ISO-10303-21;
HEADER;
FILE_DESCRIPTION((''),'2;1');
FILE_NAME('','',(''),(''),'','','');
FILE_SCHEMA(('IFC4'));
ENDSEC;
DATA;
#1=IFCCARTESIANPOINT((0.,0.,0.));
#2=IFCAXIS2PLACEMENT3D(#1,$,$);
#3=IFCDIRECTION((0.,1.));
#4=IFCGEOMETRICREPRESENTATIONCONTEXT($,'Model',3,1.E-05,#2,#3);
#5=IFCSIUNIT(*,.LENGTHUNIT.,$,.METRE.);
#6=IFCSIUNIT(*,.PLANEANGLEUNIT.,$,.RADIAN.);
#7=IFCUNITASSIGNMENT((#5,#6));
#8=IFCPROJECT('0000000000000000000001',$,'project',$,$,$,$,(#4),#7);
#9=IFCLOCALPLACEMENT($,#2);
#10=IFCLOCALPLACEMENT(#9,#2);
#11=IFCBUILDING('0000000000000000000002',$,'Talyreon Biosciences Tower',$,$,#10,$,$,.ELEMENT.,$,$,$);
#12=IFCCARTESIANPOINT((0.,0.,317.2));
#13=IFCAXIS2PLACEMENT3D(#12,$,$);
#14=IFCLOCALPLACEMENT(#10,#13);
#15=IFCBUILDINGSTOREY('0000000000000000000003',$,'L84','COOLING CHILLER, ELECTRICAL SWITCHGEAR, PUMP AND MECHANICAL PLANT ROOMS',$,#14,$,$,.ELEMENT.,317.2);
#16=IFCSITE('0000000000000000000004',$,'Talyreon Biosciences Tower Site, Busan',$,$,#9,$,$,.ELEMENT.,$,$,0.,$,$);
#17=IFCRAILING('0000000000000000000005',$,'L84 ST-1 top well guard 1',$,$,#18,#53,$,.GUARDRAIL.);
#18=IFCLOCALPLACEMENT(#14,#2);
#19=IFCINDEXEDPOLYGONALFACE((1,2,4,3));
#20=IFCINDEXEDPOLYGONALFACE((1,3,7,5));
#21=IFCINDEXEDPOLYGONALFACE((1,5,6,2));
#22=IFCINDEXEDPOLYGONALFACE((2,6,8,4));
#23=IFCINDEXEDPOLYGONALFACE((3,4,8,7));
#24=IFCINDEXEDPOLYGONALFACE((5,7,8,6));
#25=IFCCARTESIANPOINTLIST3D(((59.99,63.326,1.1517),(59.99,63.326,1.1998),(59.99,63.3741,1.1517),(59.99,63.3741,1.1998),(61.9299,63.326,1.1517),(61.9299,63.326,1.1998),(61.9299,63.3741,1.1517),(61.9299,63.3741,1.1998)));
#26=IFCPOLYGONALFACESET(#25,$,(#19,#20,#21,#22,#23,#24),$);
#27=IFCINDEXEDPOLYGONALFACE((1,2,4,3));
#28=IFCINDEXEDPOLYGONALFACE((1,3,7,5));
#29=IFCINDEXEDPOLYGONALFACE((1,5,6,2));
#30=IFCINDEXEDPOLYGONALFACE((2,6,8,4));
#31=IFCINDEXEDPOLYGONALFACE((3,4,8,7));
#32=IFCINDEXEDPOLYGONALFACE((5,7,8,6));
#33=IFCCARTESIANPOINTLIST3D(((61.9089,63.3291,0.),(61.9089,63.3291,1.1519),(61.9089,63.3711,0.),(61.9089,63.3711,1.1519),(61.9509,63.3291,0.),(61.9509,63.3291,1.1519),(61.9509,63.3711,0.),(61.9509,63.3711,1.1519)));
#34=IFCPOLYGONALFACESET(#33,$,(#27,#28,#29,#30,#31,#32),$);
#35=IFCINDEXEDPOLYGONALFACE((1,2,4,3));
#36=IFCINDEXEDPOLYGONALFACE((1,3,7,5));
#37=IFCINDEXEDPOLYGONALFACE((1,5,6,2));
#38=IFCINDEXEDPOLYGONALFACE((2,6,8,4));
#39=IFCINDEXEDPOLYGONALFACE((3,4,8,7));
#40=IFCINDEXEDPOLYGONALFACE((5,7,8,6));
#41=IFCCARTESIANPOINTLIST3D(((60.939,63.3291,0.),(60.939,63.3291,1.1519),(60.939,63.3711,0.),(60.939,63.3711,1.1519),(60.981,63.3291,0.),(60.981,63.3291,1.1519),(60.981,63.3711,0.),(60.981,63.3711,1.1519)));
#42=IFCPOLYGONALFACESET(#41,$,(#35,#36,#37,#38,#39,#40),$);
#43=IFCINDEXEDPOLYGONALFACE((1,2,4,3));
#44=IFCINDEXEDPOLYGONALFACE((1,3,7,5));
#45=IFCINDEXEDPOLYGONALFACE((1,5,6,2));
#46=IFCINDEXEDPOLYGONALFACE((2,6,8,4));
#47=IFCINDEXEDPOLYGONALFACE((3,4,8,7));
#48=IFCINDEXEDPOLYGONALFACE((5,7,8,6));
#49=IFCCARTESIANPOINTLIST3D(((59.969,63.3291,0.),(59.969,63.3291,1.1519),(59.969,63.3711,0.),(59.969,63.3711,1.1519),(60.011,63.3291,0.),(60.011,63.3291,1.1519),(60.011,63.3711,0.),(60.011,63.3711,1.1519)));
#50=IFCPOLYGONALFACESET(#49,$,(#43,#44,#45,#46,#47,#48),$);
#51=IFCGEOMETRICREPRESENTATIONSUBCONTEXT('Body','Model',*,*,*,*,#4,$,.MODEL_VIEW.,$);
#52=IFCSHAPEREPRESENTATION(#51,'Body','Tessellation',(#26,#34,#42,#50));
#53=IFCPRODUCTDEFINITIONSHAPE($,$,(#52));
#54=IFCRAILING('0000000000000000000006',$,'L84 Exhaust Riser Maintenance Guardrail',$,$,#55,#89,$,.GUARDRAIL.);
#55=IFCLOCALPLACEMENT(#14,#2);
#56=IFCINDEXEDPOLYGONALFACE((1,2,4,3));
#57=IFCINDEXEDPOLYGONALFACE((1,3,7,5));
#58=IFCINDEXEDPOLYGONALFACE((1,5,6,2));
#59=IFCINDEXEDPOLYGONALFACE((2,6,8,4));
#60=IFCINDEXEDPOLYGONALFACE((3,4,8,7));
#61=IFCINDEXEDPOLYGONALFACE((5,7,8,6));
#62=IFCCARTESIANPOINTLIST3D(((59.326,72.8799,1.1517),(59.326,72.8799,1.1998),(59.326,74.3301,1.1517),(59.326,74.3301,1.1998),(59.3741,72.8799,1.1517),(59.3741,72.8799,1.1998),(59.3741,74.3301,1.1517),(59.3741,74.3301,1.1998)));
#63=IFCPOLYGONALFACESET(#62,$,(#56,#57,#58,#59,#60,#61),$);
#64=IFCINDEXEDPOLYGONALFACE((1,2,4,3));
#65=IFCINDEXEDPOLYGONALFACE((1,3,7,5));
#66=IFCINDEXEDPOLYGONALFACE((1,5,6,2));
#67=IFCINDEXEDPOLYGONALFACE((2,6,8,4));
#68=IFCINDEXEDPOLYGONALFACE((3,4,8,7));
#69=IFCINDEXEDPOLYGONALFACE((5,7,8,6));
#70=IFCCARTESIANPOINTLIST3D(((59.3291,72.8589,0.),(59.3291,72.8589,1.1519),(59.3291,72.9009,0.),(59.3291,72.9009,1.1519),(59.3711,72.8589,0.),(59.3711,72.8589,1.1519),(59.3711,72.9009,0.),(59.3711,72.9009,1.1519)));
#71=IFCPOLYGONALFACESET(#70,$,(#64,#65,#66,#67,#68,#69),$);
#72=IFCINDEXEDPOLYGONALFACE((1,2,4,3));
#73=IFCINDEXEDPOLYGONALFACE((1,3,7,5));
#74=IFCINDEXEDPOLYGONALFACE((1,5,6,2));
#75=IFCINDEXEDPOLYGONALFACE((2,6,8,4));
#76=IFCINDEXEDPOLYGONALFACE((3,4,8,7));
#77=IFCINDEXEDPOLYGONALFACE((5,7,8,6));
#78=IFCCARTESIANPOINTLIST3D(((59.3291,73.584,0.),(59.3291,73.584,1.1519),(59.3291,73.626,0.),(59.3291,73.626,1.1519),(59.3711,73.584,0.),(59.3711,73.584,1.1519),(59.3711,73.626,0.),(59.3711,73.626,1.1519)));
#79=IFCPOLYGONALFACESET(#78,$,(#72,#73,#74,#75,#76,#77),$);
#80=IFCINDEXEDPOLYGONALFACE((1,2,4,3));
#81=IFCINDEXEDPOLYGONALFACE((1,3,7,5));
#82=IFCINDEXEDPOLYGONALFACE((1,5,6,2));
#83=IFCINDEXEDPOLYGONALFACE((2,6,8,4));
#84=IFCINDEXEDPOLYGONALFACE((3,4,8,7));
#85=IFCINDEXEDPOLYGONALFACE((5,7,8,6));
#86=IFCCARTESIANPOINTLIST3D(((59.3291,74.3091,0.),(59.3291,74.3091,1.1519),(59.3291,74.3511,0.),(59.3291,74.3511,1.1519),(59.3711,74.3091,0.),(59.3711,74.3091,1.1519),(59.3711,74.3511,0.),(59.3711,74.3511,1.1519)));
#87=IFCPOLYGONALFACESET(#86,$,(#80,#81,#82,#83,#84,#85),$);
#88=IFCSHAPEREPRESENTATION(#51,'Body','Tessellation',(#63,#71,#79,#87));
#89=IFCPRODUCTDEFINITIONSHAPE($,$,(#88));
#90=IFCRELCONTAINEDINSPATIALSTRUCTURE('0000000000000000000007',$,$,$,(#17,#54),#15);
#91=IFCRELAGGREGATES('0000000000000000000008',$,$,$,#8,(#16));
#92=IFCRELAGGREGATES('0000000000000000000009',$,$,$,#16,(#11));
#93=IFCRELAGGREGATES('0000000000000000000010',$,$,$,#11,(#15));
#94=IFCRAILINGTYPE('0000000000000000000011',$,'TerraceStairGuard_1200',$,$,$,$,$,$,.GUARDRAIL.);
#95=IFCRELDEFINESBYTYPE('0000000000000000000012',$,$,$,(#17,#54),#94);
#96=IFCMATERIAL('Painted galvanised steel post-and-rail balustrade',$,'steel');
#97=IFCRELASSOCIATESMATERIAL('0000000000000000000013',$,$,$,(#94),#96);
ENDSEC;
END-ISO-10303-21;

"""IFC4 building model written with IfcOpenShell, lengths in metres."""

from ifc_helpers import new_model, si_unit, direction, frame, origin, origin_2d, place, context, subcontext, project, spatial, rectangle, extrude, material, type_object, element, save


model = new_model("IFC4")

# Units and contexts
model_context = context("Model", 3, precision=1e-05, world=origin(), true_north=direction((0.0, 1.0)))
body_context = subcontext(model_context, "Body", "Model", "MODEL_VIEW")
ifc_project = project(units=[si_unit("LENGTHUNIT", "METRE"), si_unit("PLANEANGLEUNIT", "RADIAN")], contexts=[model_context])

# Site, building, storey
site_placement = place(None, origin())
site = spatial("IfcSite", under=ifc_project, at=site_placement, Name="Talyreon Biosciences Tower Site, Busan", CompositionType="ELEMENT", RefElevation=0.0)
building_placement = place(site_placement, origin())
building = spatial("IfcBuilding", under=site, at=building_placement, Name="Talyreon Biosciences Tower", CompositionType="ELEMENT")
storey_placement = place(building_placement, frame((0.0, 0.0, 317.2)))
storey = spatial("IfcBuildingStorey", under=building, at=storey_placement, Name="L84", Description="COOLING CHILLER, ELECTRICAL SWITCHGEAR, PUMP AND MECHANICAL PLANT ROOMS", CompositionType="ELEMENT", Elevation=317.2)

# Railings
ifc_material_1 = material(Name="Painted galvanised steel post-and-rail balustrade", Category="steel")
railing_type = type_object("IfcRailingType", Name="TerraceStairGuard_1200", PredefinedType="GUARDRAIL", material=ifc_material_1)
railing_1_placement = place(storey_placement, frame((61.9299, 63.3501, 0.0)))
element("IfcRailing", 1, at=railing_1_placement, inside=storey, type_object=railing_type, Name="L84 ST-1 top well guard 1", PredefinedType="GUARDRAIL", context=body_context, shape_type="SweptSolid", body=[
    extrude(rectangle(XDim=0.0481, YDim=0.0481, at=origin_2d()), frame((0.0, 0.0, 1.1758), z_axis=(-1.0, 0.0, 0.0), x_axis=(0.0, -1.0, 0.0)), (0.0, 0.0, 1.0), 1.9399),
    extrude(rectangle(XDim=0.042, YDim=0.042, at=origin_2d()), origin(), (0.0, 0.0, 1.0), 1.1519),
    extrude(rectangle(XDim=0.042, YDim=0.042, at=origin_2d()), frame((-0.97, 0.0, 0.0)), (0.0, 0.0, 1.0), 1.1519),
    extrude(rectangle(XDim=0.042, YDim=0.042, at=origin_2d()), frame((-1.9399, 0.0, 0.0)), (0.0, 0.0, 1.0), 1.1519),
])
railing_2_placement = place(storey_placement, frame((59.3501, 72.8799, 0.0)))
element("IfcRailing", 2, at=railing_2_placement, inside=storey, type_object=railing_type, Name="L84 Exhaust Riser Maintenance Guardrail", PredefinedType="GUARDRAIL", context=body_context, shape_type="SweptSolid", body=[
    extrude(rectangle(XDim=0.0481, YDim=0.0481, at=origin_2d()), frame((0.0, 0.0, 1.1758), z_axis=(0.0, 1.0, 0.0), x_axis=(-1.0, 0.0, 0.0)), (0.0, 0.0, 1.0), 1.4502),
    extrude(rectangle(XDim=0.042, YDim=0.042, at=origin_2d()), origin(), (0.0, 0.0, 1.0), 1.1519),
    extrude(rectangle(XDim=0.042, YDim=0.042, at=origin_2d()), frame((0.0, 0.7251, 0.0)), (0.0, 0.0, 1.0), 1.1519),
    extrude(rectangle(XDim=0.042, YDim=0.042, at=origin_2d()), frame((0.0, 1.4502, 0.0)), (0.0, 0.0, 1.0), 1.1519),
])

save(model, "model.ifc")
